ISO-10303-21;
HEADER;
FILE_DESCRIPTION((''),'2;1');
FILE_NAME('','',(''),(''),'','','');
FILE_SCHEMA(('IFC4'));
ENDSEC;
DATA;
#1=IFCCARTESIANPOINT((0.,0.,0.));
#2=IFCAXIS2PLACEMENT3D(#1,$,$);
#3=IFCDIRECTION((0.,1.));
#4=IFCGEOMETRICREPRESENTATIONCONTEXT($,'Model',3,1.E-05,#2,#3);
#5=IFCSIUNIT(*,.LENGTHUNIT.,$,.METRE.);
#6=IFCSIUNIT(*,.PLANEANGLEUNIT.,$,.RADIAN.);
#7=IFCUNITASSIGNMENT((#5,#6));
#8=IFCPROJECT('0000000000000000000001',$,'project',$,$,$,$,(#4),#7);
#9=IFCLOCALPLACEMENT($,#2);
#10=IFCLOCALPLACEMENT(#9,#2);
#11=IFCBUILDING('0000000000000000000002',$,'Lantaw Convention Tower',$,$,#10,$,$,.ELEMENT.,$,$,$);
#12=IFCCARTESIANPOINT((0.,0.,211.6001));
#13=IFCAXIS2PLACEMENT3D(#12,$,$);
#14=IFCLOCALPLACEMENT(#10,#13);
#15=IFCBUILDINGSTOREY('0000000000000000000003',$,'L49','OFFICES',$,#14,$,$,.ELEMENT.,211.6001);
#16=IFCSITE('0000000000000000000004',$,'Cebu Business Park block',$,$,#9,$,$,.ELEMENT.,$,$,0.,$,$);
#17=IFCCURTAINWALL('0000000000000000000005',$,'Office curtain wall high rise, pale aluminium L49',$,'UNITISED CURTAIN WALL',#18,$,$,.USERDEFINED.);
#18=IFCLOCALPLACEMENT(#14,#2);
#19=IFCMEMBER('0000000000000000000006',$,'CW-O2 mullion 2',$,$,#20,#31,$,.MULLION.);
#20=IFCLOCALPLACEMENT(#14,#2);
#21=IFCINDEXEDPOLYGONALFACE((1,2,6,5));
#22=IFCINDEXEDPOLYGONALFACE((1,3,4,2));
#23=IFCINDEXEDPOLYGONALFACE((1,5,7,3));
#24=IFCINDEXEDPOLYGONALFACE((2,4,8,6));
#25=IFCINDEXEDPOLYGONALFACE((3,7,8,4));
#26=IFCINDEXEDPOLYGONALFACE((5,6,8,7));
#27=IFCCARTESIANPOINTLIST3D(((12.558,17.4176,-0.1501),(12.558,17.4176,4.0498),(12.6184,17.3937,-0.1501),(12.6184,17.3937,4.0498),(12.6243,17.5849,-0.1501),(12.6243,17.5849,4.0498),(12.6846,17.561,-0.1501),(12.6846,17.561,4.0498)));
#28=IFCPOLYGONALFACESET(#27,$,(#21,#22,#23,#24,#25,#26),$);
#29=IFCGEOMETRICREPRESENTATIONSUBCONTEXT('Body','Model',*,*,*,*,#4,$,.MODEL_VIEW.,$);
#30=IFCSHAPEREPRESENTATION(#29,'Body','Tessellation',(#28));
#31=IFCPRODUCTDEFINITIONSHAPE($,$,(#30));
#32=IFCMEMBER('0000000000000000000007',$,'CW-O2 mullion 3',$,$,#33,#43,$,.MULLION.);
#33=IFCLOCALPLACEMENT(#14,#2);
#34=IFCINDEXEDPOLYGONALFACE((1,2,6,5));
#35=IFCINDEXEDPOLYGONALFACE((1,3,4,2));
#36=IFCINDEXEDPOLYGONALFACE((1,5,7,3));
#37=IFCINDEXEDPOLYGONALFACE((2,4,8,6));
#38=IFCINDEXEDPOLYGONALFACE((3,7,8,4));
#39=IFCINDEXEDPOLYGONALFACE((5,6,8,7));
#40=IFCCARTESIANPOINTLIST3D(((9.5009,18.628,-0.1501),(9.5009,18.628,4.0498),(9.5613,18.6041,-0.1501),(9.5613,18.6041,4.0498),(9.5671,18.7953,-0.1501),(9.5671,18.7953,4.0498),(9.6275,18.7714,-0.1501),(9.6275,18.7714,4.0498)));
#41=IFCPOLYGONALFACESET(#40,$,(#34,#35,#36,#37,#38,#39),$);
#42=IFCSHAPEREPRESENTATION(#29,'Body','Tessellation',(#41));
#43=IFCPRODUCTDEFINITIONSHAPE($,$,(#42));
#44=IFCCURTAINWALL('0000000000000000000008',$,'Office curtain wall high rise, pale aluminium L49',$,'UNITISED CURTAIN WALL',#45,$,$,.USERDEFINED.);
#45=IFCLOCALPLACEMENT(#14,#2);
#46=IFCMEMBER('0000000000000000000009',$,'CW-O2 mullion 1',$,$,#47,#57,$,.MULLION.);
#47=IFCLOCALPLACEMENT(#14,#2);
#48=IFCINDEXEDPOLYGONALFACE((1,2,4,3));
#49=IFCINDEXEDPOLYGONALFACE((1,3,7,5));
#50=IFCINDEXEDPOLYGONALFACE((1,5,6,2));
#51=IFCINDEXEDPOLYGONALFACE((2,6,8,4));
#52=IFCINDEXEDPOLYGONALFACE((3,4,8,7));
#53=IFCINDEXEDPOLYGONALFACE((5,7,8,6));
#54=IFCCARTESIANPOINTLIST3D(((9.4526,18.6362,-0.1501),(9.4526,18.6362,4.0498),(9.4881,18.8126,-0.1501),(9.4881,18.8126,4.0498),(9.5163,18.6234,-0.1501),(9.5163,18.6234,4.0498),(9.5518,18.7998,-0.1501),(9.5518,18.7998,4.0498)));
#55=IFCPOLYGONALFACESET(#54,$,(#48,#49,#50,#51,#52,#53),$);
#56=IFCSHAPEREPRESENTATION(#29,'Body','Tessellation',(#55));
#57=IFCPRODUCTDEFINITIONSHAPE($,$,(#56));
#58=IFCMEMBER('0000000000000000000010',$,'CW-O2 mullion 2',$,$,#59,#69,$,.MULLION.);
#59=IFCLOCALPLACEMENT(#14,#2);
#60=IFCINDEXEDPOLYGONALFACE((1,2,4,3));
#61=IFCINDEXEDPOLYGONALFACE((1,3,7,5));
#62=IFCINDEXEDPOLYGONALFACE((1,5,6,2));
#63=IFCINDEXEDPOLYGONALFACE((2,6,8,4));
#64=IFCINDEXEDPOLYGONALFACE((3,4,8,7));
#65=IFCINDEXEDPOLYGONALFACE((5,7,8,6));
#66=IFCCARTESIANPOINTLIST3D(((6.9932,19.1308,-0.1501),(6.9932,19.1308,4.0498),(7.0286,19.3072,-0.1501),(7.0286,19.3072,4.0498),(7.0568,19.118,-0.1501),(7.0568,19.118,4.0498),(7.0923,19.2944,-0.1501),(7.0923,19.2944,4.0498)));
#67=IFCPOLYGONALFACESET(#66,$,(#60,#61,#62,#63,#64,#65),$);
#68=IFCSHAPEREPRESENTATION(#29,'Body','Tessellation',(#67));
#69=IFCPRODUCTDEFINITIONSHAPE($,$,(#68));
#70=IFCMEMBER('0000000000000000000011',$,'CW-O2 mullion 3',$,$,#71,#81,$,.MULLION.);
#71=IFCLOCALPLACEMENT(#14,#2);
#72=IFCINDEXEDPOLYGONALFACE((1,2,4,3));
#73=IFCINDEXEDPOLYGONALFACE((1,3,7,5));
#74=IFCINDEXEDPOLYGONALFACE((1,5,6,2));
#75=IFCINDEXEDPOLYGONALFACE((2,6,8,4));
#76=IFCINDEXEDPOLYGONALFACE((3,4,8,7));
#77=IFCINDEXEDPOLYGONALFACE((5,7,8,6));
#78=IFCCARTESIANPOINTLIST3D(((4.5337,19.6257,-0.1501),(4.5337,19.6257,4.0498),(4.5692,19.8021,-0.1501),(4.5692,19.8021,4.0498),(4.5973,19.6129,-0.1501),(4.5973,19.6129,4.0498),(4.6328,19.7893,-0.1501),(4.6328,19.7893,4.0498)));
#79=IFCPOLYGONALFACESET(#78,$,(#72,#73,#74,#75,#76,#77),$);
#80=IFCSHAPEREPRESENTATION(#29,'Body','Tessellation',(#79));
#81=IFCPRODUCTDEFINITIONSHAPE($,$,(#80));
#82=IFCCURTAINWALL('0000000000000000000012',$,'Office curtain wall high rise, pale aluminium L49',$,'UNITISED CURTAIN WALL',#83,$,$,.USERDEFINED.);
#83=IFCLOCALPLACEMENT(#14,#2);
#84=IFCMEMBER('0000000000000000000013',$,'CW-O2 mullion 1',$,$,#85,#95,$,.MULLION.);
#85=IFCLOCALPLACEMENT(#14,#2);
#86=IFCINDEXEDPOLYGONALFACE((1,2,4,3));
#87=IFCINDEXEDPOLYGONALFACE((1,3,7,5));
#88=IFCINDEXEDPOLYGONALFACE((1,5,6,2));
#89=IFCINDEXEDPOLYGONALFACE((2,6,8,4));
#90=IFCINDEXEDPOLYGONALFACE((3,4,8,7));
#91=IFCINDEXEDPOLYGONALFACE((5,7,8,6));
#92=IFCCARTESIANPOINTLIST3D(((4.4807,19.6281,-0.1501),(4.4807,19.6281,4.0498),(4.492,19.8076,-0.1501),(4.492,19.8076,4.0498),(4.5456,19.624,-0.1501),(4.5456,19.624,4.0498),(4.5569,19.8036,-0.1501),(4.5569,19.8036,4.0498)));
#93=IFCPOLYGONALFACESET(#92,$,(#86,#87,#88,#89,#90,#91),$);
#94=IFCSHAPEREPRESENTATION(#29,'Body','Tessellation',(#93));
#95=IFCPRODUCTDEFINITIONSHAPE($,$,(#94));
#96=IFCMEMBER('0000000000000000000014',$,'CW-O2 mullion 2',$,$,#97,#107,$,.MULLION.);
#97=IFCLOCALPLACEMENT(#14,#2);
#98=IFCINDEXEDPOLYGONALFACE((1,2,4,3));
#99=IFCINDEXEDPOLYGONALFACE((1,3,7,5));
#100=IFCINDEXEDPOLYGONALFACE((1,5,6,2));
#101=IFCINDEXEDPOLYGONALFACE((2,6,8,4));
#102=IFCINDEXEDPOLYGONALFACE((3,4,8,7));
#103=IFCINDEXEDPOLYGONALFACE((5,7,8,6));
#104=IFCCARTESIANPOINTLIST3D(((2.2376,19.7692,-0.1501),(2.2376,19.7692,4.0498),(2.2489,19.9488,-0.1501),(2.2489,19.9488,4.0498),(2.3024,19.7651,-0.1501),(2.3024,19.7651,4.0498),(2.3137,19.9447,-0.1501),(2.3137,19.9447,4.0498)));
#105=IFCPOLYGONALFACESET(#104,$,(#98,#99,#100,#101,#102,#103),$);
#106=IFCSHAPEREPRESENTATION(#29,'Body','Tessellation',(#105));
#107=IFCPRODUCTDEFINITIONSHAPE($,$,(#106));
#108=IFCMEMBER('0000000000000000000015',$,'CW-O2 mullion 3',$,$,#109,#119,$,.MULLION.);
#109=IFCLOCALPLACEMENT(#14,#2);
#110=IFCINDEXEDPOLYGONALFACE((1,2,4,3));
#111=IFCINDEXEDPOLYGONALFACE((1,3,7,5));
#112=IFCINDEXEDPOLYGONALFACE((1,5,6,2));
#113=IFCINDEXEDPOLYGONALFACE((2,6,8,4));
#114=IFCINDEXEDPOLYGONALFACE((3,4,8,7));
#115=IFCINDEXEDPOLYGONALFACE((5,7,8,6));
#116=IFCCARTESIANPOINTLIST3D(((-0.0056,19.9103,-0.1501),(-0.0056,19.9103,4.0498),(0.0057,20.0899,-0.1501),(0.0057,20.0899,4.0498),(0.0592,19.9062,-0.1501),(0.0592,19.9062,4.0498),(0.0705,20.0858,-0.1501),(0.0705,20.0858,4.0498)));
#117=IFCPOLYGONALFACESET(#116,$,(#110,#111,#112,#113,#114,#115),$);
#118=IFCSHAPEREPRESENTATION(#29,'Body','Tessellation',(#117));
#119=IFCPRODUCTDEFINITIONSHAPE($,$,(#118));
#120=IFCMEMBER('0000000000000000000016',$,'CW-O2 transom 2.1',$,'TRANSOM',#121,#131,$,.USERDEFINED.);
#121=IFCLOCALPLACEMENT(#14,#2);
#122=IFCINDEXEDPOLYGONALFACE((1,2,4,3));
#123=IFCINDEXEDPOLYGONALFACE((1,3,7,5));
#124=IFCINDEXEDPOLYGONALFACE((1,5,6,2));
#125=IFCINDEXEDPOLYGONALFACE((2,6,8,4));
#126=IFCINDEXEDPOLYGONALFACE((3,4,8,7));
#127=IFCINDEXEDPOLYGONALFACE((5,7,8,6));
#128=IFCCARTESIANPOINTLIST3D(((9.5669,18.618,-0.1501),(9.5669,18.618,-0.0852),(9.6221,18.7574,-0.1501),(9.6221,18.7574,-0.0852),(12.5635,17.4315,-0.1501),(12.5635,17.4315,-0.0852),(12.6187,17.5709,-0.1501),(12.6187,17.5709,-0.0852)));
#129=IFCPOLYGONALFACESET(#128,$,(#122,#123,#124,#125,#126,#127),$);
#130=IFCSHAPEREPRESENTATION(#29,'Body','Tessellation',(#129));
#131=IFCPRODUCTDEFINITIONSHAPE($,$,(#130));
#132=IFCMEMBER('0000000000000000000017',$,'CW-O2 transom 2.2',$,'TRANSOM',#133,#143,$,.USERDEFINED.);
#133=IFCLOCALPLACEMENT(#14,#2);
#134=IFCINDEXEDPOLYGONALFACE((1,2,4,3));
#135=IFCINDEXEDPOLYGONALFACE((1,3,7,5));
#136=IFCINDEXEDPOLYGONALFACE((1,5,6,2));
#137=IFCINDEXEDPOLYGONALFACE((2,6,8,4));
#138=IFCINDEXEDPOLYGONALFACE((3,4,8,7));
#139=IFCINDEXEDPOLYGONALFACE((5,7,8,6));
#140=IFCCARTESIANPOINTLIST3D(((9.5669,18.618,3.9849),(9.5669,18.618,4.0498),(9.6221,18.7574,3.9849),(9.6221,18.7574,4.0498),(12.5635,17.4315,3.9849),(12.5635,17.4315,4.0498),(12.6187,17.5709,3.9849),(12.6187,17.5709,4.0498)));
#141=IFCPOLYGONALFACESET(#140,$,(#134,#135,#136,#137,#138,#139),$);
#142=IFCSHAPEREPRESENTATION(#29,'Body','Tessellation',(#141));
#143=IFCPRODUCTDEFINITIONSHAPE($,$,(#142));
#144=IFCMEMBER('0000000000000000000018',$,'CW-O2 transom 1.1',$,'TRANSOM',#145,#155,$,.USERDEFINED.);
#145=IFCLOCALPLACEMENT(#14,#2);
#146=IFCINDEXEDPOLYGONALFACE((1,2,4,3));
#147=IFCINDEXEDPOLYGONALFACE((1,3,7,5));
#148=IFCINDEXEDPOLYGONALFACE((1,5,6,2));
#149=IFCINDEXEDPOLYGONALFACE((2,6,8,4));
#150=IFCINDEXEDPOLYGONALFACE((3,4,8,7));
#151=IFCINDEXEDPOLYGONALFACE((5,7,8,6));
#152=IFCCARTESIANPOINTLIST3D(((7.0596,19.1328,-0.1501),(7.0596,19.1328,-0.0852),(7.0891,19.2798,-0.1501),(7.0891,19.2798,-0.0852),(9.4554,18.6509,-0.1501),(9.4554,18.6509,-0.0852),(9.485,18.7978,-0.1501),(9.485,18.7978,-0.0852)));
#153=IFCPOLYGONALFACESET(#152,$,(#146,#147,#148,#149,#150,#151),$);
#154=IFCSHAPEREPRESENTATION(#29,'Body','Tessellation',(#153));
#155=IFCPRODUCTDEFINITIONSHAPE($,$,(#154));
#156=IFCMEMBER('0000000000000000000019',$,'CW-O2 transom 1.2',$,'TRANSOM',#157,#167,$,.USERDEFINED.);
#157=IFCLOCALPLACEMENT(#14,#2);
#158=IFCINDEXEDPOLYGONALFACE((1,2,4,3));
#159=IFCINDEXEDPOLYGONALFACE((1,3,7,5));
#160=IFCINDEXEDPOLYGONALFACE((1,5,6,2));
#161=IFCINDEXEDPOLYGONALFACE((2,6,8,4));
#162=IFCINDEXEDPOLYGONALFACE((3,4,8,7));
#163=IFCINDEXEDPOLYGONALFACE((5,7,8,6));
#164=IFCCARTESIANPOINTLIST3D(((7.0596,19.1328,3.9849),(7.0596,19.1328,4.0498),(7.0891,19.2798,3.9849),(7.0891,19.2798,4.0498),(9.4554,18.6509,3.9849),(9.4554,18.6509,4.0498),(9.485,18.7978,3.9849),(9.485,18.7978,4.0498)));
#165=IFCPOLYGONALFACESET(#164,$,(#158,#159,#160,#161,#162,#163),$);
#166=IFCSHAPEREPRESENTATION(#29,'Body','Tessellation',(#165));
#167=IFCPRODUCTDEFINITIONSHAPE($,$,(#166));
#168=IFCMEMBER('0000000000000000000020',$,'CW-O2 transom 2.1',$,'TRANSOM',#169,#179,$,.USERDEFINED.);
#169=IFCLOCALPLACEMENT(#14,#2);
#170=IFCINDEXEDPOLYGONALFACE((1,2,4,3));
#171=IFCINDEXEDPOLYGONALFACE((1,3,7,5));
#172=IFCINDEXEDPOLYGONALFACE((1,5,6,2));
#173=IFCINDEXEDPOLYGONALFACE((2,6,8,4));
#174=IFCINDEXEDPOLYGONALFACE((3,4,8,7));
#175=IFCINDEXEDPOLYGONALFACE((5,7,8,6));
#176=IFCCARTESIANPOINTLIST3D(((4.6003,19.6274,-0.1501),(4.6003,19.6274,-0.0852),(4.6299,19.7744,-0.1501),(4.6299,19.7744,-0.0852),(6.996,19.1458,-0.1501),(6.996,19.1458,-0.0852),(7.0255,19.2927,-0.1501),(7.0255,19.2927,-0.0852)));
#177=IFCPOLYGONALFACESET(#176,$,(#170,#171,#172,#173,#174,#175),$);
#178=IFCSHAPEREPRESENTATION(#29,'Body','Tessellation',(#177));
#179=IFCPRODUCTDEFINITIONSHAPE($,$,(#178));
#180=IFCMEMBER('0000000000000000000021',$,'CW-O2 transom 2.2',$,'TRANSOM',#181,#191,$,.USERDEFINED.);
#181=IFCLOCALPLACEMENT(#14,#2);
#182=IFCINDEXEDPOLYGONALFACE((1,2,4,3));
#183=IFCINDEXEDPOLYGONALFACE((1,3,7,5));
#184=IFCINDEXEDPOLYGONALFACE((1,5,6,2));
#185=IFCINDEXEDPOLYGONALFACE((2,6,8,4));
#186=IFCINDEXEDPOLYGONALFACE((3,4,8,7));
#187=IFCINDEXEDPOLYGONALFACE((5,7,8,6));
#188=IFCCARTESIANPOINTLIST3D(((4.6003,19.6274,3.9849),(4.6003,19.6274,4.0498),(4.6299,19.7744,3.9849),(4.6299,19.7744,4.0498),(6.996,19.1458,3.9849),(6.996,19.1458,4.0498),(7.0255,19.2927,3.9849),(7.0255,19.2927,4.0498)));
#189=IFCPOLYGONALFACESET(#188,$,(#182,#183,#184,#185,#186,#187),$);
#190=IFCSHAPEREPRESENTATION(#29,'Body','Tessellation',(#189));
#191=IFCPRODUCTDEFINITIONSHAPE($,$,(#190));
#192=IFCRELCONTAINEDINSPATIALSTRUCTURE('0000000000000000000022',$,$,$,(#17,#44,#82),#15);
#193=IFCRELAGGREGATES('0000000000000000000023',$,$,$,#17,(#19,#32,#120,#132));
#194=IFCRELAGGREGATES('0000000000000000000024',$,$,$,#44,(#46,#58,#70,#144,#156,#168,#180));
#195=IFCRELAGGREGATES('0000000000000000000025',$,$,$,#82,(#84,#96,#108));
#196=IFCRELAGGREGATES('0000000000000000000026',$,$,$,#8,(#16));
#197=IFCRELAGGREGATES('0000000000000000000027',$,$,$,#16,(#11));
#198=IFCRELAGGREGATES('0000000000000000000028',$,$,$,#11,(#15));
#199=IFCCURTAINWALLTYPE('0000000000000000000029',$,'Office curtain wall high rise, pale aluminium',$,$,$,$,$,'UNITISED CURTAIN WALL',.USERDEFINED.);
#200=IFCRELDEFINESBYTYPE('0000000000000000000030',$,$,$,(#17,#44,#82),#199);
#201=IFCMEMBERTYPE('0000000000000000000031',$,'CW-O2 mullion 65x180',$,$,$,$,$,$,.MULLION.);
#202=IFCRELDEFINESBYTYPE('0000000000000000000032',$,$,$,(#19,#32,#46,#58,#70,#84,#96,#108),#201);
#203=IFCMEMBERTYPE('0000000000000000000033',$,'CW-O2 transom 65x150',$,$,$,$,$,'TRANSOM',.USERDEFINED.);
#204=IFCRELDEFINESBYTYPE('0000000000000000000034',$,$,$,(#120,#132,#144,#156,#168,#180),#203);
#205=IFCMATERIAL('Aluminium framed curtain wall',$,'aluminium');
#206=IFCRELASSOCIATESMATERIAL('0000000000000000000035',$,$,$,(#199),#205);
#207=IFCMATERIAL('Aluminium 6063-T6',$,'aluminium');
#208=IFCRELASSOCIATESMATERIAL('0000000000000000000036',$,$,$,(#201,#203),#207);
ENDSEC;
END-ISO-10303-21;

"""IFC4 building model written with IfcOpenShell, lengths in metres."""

from ifc_helpers import new_model, si_unit, direction, frame, origin, origin_2d, place, context, subcontext, project, spatial, rectangle, extrude, material, material_profile, profile_set, type_object, element, aggregate, save


model = new_model("IFC4")

# Units and contexts
model_context = context("Model", 3, precision=1e-05, world=origin(), true_north=direction((0.0, 1.0)))
body_context = subcontext(model_context, "Body", "Model", "MODEL_VIEW")
ifc_project = project(units=[si_unit("LENGTHUNIT", "METRE"), si_unit("PLANEANGLEUNIT", "RADIAN")], contexts=[model_context])

# Site, building, storey
site_placement = place(None, origin())
site = spatial("IfcSite", under=ifc_project, at=site_placement, Name="Cebu Business Park block", CompositionType="ELEMENT", RefElevation=0.0)
building_placement = place(site_placement, origin())
building = spatial("IfcBuilding", under=site, at=building_placement, Name="Lantaw Convention Tower", CompositionType="ELEMENT")
storey_placement = place(building_placement, frame((0.0, 0.0, 211.6001)))
storey = spatial("IfcBuildingStorey", under=building, at=storey_placement, Name="L49", Description="OFFICES", CompositionType="ELEMENT", Elevation=211.6001)

# Curtain walls, members
ifc_material_1 = material(Name="Aluminium framed curtain wall", Category="aluminium")
curtain_wall_type = type_object("IfcCurtainWallType", Name="Office curtain wall high rise, pale aluminium", ElementType="UNITISED CURTAIN WALL", PredefinedType="USERDEFINED", material=ifc_material_1)
curtain_wall_1_placement = place(storey_placement, origin())
curtain_wall_1 = element("IfcCurtainWall", 1, at=curtain_wall_1_placement, inside=storey, type_object=curtain_wall_type, Name="Office curtain wall high rise, pale aluminium L49", ObjectType="UNITISED CURTAIN WALL", PredefinedType="USERDEFINED")
ifc_material_2 = material(Name="Aluminium 6063-T6", Category="aluminium")
ifc_material_profile_1 = material_profile(ifc_material_2, rectangle(XDim=0.1799, YDim=0.0649, at=origin_2d()), Name="CW-O2 mullion 65x180")
ifc_profile_set_1 = profile_set([ifc_material_profile_1], Name="Aluminium 6063-T6")
member_type_1 = type_object("IfcMemberType", Name="CW-O2 mullion 65x180", PredefinedType="MULLION", material=ifc_profile_set_1)
member_1_placement = place(storey_placement, frame((12.6213, 17.4893, -0.1501), z_axis=(0.0, 0.0, 1.0), x_axis=(-0.368162, -0.929762, 0.0)))
member_1 = element("IfcMember", 2, at=member_1_placement, type_object=member_type_1, Name="CW-O2 mullion 2", PredefinedType="MULLION", context=body_context, shape_type="SweptSolid", body=[
    extrude(rectangle(XDim=0.1799, YDim=0.0649, at=origin_2d()), origin(), (0.0, 0.0, 1.0), 4.2),
])
member_2_placement = place(storey_placement, frame((9.5642, 18.6997, -0.1501), z_axis=(0.0, 0.0, 1.0), x_axis=(-0.368162, -0.929762, 0.0)))
member_2 = element("IfcMember", 3, at=member_2_placement, type_object=member_type_1, Name="CW-O2 mullion 3", PredefinedType="MULLION", context=body_context, shape_type="SweptSolid", body=[
    extrude(rectangle(XDim=0.1799, YDim=0.0649, at=origin_2d()), origin(), (0.0, 0.0, 1.0), 4.2),
])
curtain_wall_2_placement = place(storey_placement, origin())
curtain_wall_2 = element("IfcCurtainWall", 4, at=curtain_wall_2_placement, inside=storey, type_object=curtain_wall_type, Name="Office curtain wall high rise, pale aluminium L49", ObjectType="UNITISED CURTAIN WALL", PredefinedType="USERDEFINED")
member_3_placement = place(storey_placement, frame((9.5022, 18.718, -0.1501), z_axis=(0.0, 0.0, 1.0), x_axis=(-0.197183, -0.980367, 0.0)))
member_3 = element("IfcMember", 5, at=member_3_placement, type_object=member_type_1, Name="CW-O2 mullion 1", PredefinedType="MULLION", context=body_context, shape_type="SweptSolid", body=[
    extrude(rectangle(XDim=0.1799, YDim=0.0649, at=origin_2d()), origin(), (0.0, 0.0, 1.0), 4.2),
])
member_4_placement = place(storey_placement, frame((7.0427, 19.2126, -0.1501), z_axis=(0.0, 0.0, 1.0), x_axis=(-0.197183, -0.980367, 0.0)))
member_4 = element("IfcMember", 6, at=member_4_placement, type_object=member_type_1, Name="CW-O2 mullion 2", PredefinedType="MULLION", context=body_context, shape_type="SweptSolid", body=[
    extrude(rectangle(XDim=0.1799, YDim=0.0649, at=origin_2d()), origin(), (0.0, 0.0, 1.0), 4.2),
])
member_5_placement = place(storey_placement, frame((4.5833, 19.7075, -0.1501), z_axis=(0.0, 0.0, 1.0), x_axis=(-0.197183, -0.980367, 0.0)))
member_5 = element("IfcMember", 7, at=member_5_placement, type_object=member_type_1, Name="CW-O2 mullion 3", PredefinedType="MULLION", context=body_context, shape_type="SweptSolid", body=[
    extrude(rectangle(XDim=0.1799, YDim=0.0649, at=origin_2d()), origin(), (0.0, 0.0, 1.0), 4.2),
])
curtain_wall_3_placement = place(storey_placement, origin())
curtain_wall_3 = element("IfcCurtainWall", 8, at=curtain_wall_3_placement, inside=storey, type_object=curtain_wall_type, Name="Office curtain wall high rise, pale aluminium L49", ObjectType="UNITISED CURTAIN WALL", PredefinedType="USERDEFINED")
member_6_placement = place(storey_placement, frame((4.5188, 19.7158, -0.1501), z_axis=(0.0, 0.0, 1.0), x_axis=(-0.062758, -0.998029, 0.0)))
member_6 = element("IfcMember", 9, at=member_6_placement, type_object=member_type_1, Name="CW-O2 mullion 1", PredefinedType="MULLION", context=body_context, shape_type="SweptSolid", body=[
    extrude(rectangle(XDim=0.1799, YDim=0.0649, at=origin_2d()), origin(), (0.0, 0.0, 1.0), 4.2),
])
member_7_placement = place(storey_placement, frame((2.2756, 19.8569, -0.1501), z_axis=(0.0, 0.0, 1.0), x_axis=(-0.062758, -0.998029, 0.0)))
member_7 = element("IfcMember", 10, at=member_7_placement, type_object=member_type_1, Name="CW-O2 mullion 2", PredefinedType="MULLION", context=body_context, shape_type="SweptSolid", body=[
    extrude(rectangle(XDim=0.1799, YDim=0.0649, at=origin_2d()), origin(), (0.0, 0.0, 1.0), 4.2),
])
member_8_placement = place(storey_placement, frame((0.0325, 19.998, -0.1501), z_axis=(0.0, 0.0, 1.0), x_axis=(-0.062758, -0.998029, 0.0)))
member_8 = element("IfcMember", 11, at=member_8_placement, type_object=member_type_1, Name="CW-O2 mullion 3", PredefinedType="MULLION", context=body_context, shape_type="SweptSolid", body=[
    extrude(rectangle(XDim=0.1799, YDim=0.0649, at=origin_2d()), origin(), (0.0, 0.0, 1.0), 4.2),
])

# Members
ifc_material_profile_2 = material_profile(ifc_material_2, rectangle(XDim=0.1499, YDim=0.0649, at=origin_2d()), Name="CW-O2 transom 65x150")
ifc_profile_set_2 = profile_set([ifc_material_profile_2], Name="Aluminium 6063-T6")
member_type_2 = type_object("IfcMemberType", Name="CW-O2 transom 65x150", ElementType="TRANSOM", PredefinedType="USERDEFINED", material=ifc_profile_set_2)
member_9_placement = place(storey_placement, frame((12.5911, 17.5012, -0.1177), z_axis=(-0.929767, 0.368149, 0.0), x_axis=(-0.368149, -0.929767, 0.0)))
member_9 = element("IfcMember", 12, at=member_9_placement, type_object=member_type_2, Name="CW-O2 transom 2.1", ObjectType="TRANSOM", PredefinedType="USERDEFINED", context=body_context, shape_type="SweptSolid", body=[
    extrude(rectangle(XDim=0.1499, YDim=0.0649, at=origin_2d()), origin(), (0.0, 0.0, 1.0), 3.2229),
])
member_10_placement = place(storey_placement, frame((12.5911, 17.5012, 4.0173), z_axis=(-0.929767, 0.368149, 0.0), x_axis=(-0.368149, -0.929767, 0.0)))
member_10 = element("IfcMember", 13, at=member_10_placement, type_object=member_type_2, Name="CW-O2 transom 2.2", ObjectType="TRANSOM", PredefinedType="USERDEFINED", context=body_context, shape_type="SweptSolid", body=[
    extrude(rectangle(XDim=0.1499, YDim=0.0649, at=origin_2d()), origin(), (0.0, 0.0, 1.0), 3.2229),
])
member_11_placement = place(storey_placement, frame((9.4702, 18.7244, -0.1177), z_axis=(-0.980361, 0.197211, 0.0), x_axis=(-0.197211, -0.980361, 0.0)))
member_11 = element("IfcMember", 14, at=member_11_placement, type_object=member_type_2, Name="CW-O2 transom 1.1", ObjectType="TRANSOM", PredefinedType="USERDEFINED", context=body_context, shape_type="SweptSolid", body=[
    extrude(rectangle(XDim=0.1499, YDim=0.0649, at=origin_2d()), origin(), (0.0, 0.0, 1.0), 2.4438),
])
member_12_placement = place(storey_placement, frame((9.4702, 18.7244, 4.0173), z_axis=(-0.980361, 0.197211, 0.0), x_axis=(-0.197211, -0.980361, 0.0)))
member_12 = element("IfcMember", 15, at=member_12_placement, type_object=member_type_2, Name="CW-O2 transom 1.2", ObjectType="TRANSOM", PredefinedType="USERDEFINED", context=body_context, shape_type="SweptSolid", body=[
    extrude(rectangle(XDim=0.1499, YDim=0.0649, at=origin_2d()), origin(), (0.0, 0.0, 1.0), 2.4438),
])
member_13_placement = place(storey_placement, frame((7.0107, 19.2192, -0.1177), z_axis=(-0.98038, 0.197115, 0.0), x_axis=(-0.197115, -0.98038, 0.0)))
member_13 = element("IfcMember", 16, at=member_13_placement, type_object=member_type_2, Name="CW-O2 transom 2.1", ObjectType="TRANSOM", PredefinedType="USERDEFINED", context=body_context, shape_type="SweptSolid", body=[
    extrude(rectangle(XDim=0.1499, YDim=0.0649, at=origin_2d()), origin(), (0.0, 0.0, 1.0), 2.4436),
])
member_14_placement = place(storey_placement, frame((7.0107, 19.2192, 4.0173), z_axis=(-0.98038, 0.197115, 0.0), x_axis=(-0.197115, -0.98038, 0.0)))
member_14 = element("IfcMember", 17, at=member_14_placement, type_object=member_type_2, Name="CW-O2 transom 2.2", ObjectType="TRANSOM", PredefinedType="USERDEFINED", context=body_context, shape_type="SweptSolid", body=[
    extrude(rectangle(XDim=0.1499, YDim=0.0649, at=origin_2d()), origin(), (0.0, 0.0, 1.0), 2.4436),
])

aggregate(curtain_wall_1, [member_1, member_2, member_9, member_10])
aggregate(curtain_wall_2, [member_3, member_4, member_5, member_11, member_12, member_13, member_14])
aggregate(curtain_wall_3, [member_6, member_7, member_8])

save(model, "model.ifc")
